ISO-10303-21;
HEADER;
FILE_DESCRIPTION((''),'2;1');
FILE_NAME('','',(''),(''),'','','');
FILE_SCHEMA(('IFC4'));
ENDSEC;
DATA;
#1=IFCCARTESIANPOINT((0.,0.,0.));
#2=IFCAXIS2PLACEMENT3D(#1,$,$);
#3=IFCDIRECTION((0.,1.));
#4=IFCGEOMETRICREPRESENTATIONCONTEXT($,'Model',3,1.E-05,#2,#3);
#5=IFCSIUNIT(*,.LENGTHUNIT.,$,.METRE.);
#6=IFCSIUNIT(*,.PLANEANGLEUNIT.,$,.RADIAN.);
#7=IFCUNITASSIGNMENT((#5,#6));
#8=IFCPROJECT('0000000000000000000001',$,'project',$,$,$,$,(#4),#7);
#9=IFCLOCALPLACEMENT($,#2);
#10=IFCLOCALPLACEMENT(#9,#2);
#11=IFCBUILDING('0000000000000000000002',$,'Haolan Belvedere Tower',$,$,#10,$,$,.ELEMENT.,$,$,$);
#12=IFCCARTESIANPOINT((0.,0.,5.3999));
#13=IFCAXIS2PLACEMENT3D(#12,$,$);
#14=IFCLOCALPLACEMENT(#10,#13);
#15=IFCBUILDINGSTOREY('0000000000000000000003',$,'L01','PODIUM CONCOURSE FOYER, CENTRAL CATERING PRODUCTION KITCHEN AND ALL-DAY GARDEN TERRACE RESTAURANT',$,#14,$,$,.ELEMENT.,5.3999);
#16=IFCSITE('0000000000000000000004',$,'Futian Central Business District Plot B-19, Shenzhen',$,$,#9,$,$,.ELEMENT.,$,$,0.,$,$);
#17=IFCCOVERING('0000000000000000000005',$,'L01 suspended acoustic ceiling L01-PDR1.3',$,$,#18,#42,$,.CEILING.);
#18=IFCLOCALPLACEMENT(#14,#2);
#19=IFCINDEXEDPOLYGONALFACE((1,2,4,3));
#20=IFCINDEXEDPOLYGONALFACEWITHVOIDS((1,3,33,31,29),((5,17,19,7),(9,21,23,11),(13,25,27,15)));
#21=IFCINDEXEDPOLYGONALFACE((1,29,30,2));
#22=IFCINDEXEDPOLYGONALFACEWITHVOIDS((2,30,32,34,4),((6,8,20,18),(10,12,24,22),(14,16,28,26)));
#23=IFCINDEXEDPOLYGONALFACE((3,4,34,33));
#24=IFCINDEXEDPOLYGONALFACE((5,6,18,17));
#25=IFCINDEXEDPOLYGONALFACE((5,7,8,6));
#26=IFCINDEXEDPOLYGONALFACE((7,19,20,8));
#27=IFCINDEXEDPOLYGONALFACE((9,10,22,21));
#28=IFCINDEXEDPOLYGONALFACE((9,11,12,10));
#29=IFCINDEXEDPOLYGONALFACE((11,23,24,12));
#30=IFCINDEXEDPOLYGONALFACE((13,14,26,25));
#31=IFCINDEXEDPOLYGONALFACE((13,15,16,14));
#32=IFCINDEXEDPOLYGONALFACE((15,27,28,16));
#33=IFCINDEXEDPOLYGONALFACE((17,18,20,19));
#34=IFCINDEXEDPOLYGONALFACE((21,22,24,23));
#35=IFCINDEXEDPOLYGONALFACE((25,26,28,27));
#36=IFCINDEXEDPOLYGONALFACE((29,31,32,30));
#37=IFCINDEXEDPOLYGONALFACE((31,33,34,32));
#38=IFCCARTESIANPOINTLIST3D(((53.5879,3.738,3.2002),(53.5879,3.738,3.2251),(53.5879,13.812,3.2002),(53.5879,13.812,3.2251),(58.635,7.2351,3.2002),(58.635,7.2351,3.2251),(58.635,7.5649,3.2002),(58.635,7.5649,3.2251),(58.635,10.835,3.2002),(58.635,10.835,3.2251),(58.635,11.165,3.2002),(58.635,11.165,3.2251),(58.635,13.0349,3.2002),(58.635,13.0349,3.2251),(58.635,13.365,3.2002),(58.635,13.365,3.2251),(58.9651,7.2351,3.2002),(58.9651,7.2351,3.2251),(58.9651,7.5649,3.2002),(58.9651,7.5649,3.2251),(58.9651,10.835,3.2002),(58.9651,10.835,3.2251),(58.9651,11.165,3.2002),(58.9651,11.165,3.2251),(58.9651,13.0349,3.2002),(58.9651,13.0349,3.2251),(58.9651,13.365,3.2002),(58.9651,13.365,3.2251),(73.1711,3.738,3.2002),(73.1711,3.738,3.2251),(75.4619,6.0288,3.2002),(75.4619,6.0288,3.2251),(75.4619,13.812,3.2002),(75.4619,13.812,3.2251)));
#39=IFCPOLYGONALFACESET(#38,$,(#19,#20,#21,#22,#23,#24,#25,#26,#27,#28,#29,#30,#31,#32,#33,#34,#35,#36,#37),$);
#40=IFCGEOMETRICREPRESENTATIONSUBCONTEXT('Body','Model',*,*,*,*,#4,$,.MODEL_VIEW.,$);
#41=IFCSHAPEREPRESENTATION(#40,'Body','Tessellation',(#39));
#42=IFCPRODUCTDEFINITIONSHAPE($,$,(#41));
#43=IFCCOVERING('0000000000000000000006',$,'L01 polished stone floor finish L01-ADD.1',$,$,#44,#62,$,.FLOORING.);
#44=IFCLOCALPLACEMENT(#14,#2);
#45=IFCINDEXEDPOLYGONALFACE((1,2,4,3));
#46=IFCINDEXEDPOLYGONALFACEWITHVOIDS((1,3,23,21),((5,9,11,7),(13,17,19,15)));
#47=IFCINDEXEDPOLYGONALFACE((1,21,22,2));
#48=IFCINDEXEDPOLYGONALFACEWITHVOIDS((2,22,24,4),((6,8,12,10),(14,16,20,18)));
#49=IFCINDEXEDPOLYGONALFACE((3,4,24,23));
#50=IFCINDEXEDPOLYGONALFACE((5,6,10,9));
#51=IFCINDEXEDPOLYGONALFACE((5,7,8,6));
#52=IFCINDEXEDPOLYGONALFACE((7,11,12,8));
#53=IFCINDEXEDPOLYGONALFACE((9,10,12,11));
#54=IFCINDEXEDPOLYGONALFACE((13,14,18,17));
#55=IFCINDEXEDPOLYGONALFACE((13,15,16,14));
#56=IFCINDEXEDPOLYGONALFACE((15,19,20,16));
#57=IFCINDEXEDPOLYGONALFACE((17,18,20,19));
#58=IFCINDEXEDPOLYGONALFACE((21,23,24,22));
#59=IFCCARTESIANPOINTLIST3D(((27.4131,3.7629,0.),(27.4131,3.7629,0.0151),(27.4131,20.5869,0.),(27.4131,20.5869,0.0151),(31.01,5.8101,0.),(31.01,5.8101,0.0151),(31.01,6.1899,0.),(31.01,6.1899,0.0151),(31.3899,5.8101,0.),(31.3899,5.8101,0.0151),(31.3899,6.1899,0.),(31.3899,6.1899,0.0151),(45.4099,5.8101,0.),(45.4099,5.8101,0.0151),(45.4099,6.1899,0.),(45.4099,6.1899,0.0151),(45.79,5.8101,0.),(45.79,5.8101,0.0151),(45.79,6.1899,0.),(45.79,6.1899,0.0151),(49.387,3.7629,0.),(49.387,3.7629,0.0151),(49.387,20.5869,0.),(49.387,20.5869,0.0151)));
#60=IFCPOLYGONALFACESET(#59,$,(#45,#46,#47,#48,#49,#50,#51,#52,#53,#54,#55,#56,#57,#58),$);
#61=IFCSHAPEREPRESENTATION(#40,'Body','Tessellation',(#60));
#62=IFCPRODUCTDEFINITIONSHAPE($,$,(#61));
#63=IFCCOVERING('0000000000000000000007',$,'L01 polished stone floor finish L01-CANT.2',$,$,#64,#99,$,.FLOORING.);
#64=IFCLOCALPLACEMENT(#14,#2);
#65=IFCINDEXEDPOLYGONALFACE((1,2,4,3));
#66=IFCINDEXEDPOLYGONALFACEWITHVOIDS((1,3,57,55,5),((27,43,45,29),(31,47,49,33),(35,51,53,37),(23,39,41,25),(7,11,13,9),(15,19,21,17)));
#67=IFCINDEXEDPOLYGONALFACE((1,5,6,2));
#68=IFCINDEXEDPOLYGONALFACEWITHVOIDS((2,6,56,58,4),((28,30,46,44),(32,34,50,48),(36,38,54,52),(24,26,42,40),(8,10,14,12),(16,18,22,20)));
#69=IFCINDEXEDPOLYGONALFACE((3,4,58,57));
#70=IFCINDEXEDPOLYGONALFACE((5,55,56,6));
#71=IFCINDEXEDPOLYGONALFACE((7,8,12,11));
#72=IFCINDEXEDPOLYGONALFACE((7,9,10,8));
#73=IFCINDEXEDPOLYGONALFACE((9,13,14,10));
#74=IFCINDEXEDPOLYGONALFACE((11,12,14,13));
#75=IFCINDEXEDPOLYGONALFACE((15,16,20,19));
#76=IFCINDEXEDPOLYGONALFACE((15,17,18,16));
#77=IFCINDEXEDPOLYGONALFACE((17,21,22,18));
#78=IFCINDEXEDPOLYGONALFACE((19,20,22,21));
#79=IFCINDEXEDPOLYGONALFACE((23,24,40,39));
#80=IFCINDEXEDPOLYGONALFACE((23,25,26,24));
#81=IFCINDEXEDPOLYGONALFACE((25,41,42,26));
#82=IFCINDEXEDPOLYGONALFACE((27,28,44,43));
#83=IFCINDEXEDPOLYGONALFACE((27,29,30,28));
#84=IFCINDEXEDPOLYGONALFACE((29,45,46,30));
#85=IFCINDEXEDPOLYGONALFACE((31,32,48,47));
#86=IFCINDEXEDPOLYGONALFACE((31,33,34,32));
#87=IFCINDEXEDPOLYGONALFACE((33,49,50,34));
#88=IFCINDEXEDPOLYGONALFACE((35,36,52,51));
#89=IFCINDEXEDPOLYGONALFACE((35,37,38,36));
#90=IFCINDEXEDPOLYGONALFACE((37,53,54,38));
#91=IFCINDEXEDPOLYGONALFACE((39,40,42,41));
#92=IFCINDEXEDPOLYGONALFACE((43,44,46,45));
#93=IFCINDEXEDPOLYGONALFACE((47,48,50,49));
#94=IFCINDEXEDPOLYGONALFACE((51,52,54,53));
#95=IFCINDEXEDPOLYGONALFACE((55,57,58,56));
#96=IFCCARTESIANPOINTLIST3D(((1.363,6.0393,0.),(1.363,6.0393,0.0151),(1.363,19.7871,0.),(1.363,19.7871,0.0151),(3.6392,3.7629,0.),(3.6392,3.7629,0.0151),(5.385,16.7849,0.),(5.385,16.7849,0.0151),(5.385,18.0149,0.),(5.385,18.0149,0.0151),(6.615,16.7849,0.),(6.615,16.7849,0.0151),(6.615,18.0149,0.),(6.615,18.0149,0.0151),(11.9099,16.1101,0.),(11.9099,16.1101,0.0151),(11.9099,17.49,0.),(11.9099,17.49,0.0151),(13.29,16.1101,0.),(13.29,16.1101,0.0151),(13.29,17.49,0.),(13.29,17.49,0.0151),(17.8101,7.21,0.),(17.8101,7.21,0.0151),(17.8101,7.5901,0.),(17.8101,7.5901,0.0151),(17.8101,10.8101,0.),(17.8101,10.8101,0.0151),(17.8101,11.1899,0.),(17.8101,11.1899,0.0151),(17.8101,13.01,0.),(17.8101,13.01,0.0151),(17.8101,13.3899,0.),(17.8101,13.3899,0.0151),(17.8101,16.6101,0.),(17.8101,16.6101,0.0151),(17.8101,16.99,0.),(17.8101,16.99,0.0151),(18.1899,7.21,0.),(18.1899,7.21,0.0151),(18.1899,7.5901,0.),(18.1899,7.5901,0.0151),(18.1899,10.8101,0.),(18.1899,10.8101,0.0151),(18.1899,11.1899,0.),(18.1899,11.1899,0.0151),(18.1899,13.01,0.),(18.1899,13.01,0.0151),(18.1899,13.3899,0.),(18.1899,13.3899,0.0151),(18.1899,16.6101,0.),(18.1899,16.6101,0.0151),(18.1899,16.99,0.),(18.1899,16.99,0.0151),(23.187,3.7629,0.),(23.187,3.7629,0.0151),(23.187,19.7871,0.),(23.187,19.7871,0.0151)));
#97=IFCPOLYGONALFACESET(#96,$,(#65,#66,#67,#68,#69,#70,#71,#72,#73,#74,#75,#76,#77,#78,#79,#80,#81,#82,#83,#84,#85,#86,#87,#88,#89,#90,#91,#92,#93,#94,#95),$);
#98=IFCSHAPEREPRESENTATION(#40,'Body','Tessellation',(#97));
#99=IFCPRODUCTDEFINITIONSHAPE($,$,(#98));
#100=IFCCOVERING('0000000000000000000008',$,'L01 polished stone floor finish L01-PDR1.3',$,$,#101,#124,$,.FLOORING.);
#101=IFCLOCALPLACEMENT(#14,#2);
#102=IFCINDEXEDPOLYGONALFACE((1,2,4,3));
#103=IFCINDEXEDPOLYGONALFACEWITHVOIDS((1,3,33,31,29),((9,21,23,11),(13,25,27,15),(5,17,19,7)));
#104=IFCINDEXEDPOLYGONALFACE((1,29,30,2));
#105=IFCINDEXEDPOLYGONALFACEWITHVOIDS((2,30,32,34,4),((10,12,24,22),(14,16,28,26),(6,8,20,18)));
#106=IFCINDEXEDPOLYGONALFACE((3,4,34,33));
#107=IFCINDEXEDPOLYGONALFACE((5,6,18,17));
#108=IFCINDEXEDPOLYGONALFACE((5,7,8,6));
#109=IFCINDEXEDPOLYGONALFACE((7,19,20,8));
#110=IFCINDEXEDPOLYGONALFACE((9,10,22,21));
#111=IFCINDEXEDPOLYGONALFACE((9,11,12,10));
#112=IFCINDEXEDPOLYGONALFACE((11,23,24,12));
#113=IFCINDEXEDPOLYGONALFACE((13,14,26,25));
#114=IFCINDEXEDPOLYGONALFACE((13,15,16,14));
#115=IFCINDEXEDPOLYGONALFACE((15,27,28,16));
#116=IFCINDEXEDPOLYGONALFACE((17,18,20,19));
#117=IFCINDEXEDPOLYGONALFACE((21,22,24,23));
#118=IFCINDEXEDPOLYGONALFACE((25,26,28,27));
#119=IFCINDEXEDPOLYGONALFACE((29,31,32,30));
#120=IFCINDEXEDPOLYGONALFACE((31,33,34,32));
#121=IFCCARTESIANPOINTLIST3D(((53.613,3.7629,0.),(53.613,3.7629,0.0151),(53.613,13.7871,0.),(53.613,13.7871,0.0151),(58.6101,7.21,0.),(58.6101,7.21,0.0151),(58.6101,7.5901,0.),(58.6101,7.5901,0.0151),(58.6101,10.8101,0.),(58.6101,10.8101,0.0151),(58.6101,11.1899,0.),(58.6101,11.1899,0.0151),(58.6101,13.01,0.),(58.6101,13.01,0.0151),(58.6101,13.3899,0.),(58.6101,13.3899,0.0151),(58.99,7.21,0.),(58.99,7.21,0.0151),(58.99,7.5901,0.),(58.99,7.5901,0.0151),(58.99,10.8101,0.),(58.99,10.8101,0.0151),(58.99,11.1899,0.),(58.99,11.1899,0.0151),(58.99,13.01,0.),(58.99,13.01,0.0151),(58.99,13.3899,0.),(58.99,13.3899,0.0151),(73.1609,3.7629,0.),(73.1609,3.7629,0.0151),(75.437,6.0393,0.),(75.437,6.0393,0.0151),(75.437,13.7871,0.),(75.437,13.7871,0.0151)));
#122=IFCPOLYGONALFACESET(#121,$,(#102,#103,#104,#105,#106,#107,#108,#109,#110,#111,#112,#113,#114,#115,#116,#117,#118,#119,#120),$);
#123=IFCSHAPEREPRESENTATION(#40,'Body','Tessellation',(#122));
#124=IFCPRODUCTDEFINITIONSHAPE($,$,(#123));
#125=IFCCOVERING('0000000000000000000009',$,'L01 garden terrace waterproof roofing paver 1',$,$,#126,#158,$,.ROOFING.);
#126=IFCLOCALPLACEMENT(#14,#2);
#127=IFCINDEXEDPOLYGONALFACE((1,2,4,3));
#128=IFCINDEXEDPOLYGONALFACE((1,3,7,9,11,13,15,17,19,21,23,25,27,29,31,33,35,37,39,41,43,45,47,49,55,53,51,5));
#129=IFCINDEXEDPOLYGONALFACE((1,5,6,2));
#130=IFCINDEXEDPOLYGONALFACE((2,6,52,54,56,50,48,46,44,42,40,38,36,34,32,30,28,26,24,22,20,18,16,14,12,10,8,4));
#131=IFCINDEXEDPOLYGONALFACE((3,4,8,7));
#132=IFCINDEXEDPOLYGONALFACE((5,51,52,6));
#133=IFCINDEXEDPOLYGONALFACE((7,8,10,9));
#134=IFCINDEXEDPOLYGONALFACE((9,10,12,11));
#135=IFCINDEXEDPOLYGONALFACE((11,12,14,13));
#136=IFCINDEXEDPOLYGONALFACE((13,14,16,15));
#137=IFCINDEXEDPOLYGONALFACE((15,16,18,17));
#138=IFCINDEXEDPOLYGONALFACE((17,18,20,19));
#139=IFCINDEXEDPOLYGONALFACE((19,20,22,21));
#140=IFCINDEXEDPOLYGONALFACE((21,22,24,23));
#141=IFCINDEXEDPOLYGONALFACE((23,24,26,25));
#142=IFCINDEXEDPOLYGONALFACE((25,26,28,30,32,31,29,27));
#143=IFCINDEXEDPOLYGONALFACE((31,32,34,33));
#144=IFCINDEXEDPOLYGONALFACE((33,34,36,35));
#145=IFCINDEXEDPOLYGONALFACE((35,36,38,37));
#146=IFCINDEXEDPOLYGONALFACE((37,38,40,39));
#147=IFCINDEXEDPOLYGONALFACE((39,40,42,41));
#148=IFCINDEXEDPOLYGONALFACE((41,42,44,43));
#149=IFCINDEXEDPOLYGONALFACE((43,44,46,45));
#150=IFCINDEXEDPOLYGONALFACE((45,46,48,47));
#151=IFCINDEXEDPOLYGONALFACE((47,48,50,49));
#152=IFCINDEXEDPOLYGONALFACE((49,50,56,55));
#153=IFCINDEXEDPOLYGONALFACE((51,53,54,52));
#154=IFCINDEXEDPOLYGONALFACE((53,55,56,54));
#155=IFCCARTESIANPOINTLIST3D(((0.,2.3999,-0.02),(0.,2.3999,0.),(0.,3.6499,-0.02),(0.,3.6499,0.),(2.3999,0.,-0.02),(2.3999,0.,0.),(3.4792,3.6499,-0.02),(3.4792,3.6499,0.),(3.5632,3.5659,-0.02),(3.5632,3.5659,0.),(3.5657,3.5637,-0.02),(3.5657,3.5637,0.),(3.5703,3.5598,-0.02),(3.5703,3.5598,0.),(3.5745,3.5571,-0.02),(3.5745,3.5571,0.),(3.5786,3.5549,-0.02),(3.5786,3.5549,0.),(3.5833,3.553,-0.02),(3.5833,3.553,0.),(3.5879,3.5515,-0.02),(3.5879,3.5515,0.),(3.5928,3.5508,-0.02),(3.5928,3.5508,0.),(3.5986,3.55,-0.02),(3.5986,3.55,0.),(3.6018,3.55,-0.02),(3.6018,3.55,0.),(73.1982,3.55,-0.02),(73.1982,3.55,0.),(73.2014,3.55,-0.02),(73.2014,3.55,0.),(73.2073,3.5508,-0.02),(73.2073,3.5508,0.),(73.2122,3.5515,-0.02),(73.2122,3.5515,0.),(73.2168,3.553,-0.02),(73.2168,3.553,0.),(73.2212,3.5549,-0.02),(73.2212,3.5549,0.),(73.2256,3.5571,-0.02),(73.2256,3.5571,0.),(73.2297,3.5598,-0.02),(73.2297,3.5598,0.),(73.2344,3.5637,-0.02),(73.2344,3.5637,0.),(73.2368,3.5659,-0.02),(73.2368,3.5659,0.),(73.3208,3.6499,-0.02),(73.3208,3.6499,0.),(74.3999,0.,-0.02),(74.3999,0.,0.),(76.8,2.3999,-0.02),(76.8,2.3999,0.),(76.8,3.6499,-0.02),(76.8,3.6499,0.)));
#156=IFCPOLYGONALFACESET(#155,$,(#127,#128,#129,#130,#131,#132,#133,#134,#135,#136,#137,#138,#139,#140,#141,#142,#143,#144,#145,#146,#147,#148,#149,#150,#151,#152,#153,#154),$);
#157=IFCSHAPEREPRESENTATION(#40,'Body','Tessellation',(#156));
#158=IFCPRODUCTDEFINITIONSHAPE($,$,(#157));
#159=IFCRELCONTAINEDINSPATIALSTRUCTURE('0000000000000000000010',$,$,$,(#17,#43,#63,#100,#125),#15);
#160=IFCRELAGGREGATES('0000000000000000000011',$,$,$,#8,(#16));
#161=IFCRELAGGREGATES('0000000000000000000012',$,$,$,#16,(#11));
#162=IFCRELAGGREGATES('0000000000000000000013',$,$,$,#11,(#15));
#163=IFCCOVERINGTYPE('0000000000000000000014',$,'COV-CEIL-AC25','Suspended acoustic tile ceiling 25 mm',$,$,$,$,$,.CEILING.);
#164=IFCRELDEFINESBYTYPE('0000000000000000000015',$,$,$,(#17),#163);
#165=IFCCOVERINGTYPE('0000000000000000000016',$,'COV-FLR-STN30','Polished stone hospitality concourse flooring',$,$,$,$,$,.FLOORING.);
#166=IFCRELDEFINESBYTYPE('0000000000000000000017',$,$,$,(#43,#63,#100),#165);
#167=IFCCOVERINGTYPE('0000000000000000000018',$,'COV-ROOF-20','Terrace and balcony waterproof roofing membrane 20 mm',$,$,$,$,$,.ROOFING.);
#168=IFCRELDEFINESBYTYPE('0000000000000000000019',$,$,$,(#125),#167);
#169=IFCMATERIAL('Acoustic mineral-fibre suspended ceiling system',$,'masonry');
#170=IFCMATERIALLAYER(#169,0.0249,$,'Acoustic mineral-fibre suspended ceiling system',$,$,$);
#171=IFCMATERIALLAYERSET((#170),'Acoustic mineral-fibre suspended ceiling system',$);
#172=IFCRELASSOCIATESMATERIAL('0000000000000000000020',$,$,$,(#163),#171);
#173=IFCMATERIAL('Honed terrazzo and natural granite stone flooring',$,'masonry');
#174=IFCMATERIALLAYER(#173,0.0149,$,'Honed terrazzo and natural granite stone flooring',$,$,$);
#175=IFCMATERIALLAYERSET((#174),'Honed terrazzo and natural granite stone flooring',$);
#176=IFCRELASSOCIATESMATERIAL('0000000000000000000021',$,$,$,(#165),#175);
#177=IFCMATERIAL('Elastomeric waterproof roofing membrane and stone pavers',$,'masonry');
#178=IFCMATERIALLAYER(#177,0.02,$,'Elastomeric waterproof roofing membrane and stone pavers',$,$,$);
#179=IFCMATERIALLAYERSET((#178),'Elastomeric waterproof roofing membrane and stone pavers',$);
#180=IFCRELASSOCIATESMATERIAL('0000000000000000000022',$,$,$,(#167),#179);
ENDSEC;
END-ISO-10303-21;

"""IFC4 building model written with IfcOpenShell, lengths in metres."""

from ifc_helpers import new_model, si_unit, direction, frame, origin, place, context, subcontext, project, spatial, polyline, outline, extrude, material, layer, layer_set, type_object, element, save


model = new_model("IFC4")

# Units and contexts
model_context = context("Model", 3, precision=1e-05, world=origin(), true_north=direction((0.0, 1.0)))
body_context = subcontext(model_context, "Body", "Model", "MODEL_VIEW")
ifc_project = project(units=[si_unit("LENGTHUNIT", "METRE"), si_unit("PLANEANGLEUNIT", "RADIAN")], contexts=[model_context])

# Site, building, storey
site_placement = place(None, origin())
site = spatial("IfcSite", under=ifc_project, at=site_placement, Name="Futian Central Business District Plot B-19, Shenzhen", CompositionType="ELEMENT", RefElevation=0.0)
building_placement = place(site_placement, origin())
building = spatial("IfcBuilding", under=site, at=building_placement, Name="Haolan Belvedere Tower", CompositionType="ELEMENT")
storey_placement = place(building_placement, frame((0.0, 0.0, 5.3999)))
storey = spatial("IfcBuildingStorey", under=building, at=storey_placement, Name="L01", Description="PODIUM CONCOURSE FOYER, CENTRAL CATERING PRODUCTION KITCHEN AND ALL-DAY GARDEN TERRACE RESTAURANT", CompositionType="ELEMENT", Elevation=5.3999)

# Coverings
ifc_material_1 = material(Name="Acoustic mineral-fibre suspended ceiling system", Category="masonry")
ifc_layer_1 = layer(ifc_material_1, 0.0249, Name="Acoustic mineral-fibre suspended ceiling system")
ifc_layer_set_1 = layer_set([ifc_layer_1], Name="Acoustic mineral-fibre suspended ceiling system")
covering_type_1 = type_object("IfcCoveringType", Name="COV-CEIL-AC25", Description="Suspended acoustic tile ceiling 25 mm", PredefinedType="CEILING", material=ifc_layer_set_1)
covering_1_placement = place(storey_placement, frame((0.0, 0.0, 3.2002)))
element("IfcCovering", 1, at=covering_1_placement, inside=storey, type_object=covering_type_1, Name="L01 suspended acoustic ceiling L01-PDR1.3", PredefinedType="CEILING", context=body_context, shape_type="SweptSolid", body=[
    extrude(outline(polyline([(75.4619, 6.0288), (75.4619, 13.812), (53.5879, 13.812), (53.5879, 3.738), (73.1711, 3.738), (75.4619, 6.0288)]), holes=[polyline([(58.635, 7.2351), (58.635, 7.5649), (58.9651, 7.5649), (58.9651, 7.2351), (58.635, 7.2351)]), polyline([(58.635, 10.835), (58.635, 11.165), (58.9651, 11.165), (58.9651, 10.835), (58.635, 10.835)]), polyline([(58.635, 13.0349), (58.635, 13.365), (58.9651, 13.365), (58.9651, 13.0349), (58.635, 13.0349)])]), origin(), (0.0, 0.0, 1.0), 0.0249),
])
ifc_material_2 = material(Name="Honed terrazzo and natural granite stone flooring", Category="masonry")
ifc_layer_2 = layer(ifc_material_2, 0.0149, Name="Honed terrazzo and natural granite stone flooring")
ifc_layer_set_2 = layer_set([ifc_layer_2], Name="Honed terrazzo and natural granite stone flooring")
covering_type_2 = type_object("IfcCoveringType", Name="COV-FLR-STN30", Description="Polished stone hospitality concourse flooring", PredefinedType="FLOORING", material=ifc_layer_set_2)
covering_2_placement = place(storey_placement, origin())
element("IfcCovering", 2, at=covering_2_placement, inside=storey, type_object=covering_type_2, Name="L01 polished stone floor finish L01-ADD.1", PredefinedType="FLOORING", context=body_context, shape_type="SweptSolid", body=[
    extrude(outline(polyline([(49.387, 20.5869), (27.4131, 20.5869), (27.4131, 3.7629), (49.387, 3.7629), (49.387, 20.5869)]), holes=[polyline([(45.4099, 6.1899), (45.79, 6.1899), (45.79, 5.8101), (45.4099, 5.8101), (45.4099, 6.1899)]), polyline([(31.01, 6.1899), (31.3899, 6.1899), (31.3899, 5.8101), (31.01, 5.8101), (31.01, 6.1899)])]), origin(), (0.0, 0.0, 1.0), 0.0151),
])
covering_3_placement = place(storey_placement, origin())
element("IfcCovering", 3, at=covering_3_placement, inside=storey, type_object=covering_type_2, Name="L01 polished stone floor finish L01-CANT.2", PredefinedType="FLOORING", context=body_context, shape_type="SweptSolid", body=[
    extrude(outline(polyline([(23.187, 3.7629), (23.187, 19.7871), (1.363, 19.7871), (1.363, 6.0393), (3.6392, 3.7629), (23.187, 3.7629)]), holes=[polyline([(17.8101, 7.5901), (18.1899, 7.5901), (18.1899, 7.21), (17.8101, 7.21), (17.8101, 7.5901)]), polyline([(17.8101, 11.1899), (18.1899, 11.1899), (18.1899, 10.8101), (17.8101, 10.8101), (17.8101, 11.1899)]), polyline([(17.8101, 13.3899), (18.1899, 13.3899), (18.1899, 13.01), (17.8101, 13.01), (17.8101, 13.3899)]), polyline([(17.8101, 16.99), (18.1899, 16.99), (18.1899, 16.6101), (17.8101, 16.6101), (17.8101, 16.99)]), polyline([(11.9099, 17.49), (13.29, 17.49), (13.29, 16.1101), (11.9099, 16.1101), (11.9099, 17.49)]), polyline([(5.385, 18.0149), (6.615, 18.0149), (6.615, 16.7849), (5.385, 16.7849), (5.385, 18.0149)])]), origin(), (0.0, 0.0, 1.0), 0.0151),
])
covering_4_placement = place(storey_placement, origin())
element("IfcCovering", 4, at=covering_4_placement, inside=storey, type_object=covering_type_2, Name="L01 polished stone floor finish L01-PDR1.3", PredefinedType="FLOORING", context=body_context, shape_type="SweptSolid", body=[
    extrude(outline(polyline([(75.437, 13.7871), (53.613, 13.7871), (53.613, 3.7629), (73.1609, 3.7629), (75.437, 6.0393), (75.437, 13.7871)]), holes=[polyline([(58.6101, 7.5901), (58.99, 7.5901), (58.99, 7.21), (58.6101, 7.21), (58.6101, 7.5901)]), polyline([(58.6101, 11.1899), (58.99, 11.1899), (58.99, 10.8101), (58.6101, 10.8101), (58.6101, 11.1899)]), polyline([(58.6101, 13.3899), (58.99, 13.3899), (58.99, 13.01), (58.6101, 13.01), (58.6101, 13.3899)])]), origin(), (0.0, 0.0, 1.0), 0.0151),
])
ifc_material_3 = material(Name="Elastomeric waterproof roofing membrane and stone pavers", Category="masonry")
ifc_layer_3 = layer(ifc_material_3, 0.02, Name="Elastomeric waterproof roofing membrane and stone pavers")
ifc_layer_set_3 = layer_set([ifc_layer_3], Name="Elastomeric waterproof roofing membrane and stone pavers")
covering_type_3 = type_object("IfcCoveringType", Name="COV-ROOF-20", Description="Terrace and balcony waterproof roofing membrane 20 mm", PredefinedType="ROOFING", material=ifc_layer_set_3)
covering_5_placement = place(storey_placement, frame((0.0, 0.0, -0.02)))
element("IfcCovering", 5, at=covering_5_placement, inside=storey, type_object=covering_type_3, Name="L01 garden terrace waterproof roofing paver 1", PredefinedType="ROOFING", context=body_context, shape_type="SweptSolid", body=[
    extrude(outline(polyline([(76.8, 3.6499), (73.3208, 3.6499), (73.2368, 3.5659), (73.2344, 3.5637), (73.2297, 3.5598), (73.2256, 3.5571), (73.2212, 3.5549), (73.2168, 3.553), (73.2122, 3.5515), (73.2073, 3.5508), (73.2014, 3.55), (73.1982, 3.55), (3.6018, 3.55), (3.5986, 3.55), (3.5928, 3.5508), (3.5879, 3.5515), (3.5833, 3.553), (3.5786, 3.5549), (3.5745, 3.5571), (3.5703, 3.5598), (3.5657, 3.5637), (3.5632, 3.5659), (3.4792, 3.6499), (0.0, 3.6499), (0.0, 2.3999), (2.3999, 0.0), (74.3999, 0.0), (76.8, 2.3999), (76.8, 3.6499)])), origin(), (0.0, 0.0, 1.0), 0.02),
])

save(model, "model.ifc")
